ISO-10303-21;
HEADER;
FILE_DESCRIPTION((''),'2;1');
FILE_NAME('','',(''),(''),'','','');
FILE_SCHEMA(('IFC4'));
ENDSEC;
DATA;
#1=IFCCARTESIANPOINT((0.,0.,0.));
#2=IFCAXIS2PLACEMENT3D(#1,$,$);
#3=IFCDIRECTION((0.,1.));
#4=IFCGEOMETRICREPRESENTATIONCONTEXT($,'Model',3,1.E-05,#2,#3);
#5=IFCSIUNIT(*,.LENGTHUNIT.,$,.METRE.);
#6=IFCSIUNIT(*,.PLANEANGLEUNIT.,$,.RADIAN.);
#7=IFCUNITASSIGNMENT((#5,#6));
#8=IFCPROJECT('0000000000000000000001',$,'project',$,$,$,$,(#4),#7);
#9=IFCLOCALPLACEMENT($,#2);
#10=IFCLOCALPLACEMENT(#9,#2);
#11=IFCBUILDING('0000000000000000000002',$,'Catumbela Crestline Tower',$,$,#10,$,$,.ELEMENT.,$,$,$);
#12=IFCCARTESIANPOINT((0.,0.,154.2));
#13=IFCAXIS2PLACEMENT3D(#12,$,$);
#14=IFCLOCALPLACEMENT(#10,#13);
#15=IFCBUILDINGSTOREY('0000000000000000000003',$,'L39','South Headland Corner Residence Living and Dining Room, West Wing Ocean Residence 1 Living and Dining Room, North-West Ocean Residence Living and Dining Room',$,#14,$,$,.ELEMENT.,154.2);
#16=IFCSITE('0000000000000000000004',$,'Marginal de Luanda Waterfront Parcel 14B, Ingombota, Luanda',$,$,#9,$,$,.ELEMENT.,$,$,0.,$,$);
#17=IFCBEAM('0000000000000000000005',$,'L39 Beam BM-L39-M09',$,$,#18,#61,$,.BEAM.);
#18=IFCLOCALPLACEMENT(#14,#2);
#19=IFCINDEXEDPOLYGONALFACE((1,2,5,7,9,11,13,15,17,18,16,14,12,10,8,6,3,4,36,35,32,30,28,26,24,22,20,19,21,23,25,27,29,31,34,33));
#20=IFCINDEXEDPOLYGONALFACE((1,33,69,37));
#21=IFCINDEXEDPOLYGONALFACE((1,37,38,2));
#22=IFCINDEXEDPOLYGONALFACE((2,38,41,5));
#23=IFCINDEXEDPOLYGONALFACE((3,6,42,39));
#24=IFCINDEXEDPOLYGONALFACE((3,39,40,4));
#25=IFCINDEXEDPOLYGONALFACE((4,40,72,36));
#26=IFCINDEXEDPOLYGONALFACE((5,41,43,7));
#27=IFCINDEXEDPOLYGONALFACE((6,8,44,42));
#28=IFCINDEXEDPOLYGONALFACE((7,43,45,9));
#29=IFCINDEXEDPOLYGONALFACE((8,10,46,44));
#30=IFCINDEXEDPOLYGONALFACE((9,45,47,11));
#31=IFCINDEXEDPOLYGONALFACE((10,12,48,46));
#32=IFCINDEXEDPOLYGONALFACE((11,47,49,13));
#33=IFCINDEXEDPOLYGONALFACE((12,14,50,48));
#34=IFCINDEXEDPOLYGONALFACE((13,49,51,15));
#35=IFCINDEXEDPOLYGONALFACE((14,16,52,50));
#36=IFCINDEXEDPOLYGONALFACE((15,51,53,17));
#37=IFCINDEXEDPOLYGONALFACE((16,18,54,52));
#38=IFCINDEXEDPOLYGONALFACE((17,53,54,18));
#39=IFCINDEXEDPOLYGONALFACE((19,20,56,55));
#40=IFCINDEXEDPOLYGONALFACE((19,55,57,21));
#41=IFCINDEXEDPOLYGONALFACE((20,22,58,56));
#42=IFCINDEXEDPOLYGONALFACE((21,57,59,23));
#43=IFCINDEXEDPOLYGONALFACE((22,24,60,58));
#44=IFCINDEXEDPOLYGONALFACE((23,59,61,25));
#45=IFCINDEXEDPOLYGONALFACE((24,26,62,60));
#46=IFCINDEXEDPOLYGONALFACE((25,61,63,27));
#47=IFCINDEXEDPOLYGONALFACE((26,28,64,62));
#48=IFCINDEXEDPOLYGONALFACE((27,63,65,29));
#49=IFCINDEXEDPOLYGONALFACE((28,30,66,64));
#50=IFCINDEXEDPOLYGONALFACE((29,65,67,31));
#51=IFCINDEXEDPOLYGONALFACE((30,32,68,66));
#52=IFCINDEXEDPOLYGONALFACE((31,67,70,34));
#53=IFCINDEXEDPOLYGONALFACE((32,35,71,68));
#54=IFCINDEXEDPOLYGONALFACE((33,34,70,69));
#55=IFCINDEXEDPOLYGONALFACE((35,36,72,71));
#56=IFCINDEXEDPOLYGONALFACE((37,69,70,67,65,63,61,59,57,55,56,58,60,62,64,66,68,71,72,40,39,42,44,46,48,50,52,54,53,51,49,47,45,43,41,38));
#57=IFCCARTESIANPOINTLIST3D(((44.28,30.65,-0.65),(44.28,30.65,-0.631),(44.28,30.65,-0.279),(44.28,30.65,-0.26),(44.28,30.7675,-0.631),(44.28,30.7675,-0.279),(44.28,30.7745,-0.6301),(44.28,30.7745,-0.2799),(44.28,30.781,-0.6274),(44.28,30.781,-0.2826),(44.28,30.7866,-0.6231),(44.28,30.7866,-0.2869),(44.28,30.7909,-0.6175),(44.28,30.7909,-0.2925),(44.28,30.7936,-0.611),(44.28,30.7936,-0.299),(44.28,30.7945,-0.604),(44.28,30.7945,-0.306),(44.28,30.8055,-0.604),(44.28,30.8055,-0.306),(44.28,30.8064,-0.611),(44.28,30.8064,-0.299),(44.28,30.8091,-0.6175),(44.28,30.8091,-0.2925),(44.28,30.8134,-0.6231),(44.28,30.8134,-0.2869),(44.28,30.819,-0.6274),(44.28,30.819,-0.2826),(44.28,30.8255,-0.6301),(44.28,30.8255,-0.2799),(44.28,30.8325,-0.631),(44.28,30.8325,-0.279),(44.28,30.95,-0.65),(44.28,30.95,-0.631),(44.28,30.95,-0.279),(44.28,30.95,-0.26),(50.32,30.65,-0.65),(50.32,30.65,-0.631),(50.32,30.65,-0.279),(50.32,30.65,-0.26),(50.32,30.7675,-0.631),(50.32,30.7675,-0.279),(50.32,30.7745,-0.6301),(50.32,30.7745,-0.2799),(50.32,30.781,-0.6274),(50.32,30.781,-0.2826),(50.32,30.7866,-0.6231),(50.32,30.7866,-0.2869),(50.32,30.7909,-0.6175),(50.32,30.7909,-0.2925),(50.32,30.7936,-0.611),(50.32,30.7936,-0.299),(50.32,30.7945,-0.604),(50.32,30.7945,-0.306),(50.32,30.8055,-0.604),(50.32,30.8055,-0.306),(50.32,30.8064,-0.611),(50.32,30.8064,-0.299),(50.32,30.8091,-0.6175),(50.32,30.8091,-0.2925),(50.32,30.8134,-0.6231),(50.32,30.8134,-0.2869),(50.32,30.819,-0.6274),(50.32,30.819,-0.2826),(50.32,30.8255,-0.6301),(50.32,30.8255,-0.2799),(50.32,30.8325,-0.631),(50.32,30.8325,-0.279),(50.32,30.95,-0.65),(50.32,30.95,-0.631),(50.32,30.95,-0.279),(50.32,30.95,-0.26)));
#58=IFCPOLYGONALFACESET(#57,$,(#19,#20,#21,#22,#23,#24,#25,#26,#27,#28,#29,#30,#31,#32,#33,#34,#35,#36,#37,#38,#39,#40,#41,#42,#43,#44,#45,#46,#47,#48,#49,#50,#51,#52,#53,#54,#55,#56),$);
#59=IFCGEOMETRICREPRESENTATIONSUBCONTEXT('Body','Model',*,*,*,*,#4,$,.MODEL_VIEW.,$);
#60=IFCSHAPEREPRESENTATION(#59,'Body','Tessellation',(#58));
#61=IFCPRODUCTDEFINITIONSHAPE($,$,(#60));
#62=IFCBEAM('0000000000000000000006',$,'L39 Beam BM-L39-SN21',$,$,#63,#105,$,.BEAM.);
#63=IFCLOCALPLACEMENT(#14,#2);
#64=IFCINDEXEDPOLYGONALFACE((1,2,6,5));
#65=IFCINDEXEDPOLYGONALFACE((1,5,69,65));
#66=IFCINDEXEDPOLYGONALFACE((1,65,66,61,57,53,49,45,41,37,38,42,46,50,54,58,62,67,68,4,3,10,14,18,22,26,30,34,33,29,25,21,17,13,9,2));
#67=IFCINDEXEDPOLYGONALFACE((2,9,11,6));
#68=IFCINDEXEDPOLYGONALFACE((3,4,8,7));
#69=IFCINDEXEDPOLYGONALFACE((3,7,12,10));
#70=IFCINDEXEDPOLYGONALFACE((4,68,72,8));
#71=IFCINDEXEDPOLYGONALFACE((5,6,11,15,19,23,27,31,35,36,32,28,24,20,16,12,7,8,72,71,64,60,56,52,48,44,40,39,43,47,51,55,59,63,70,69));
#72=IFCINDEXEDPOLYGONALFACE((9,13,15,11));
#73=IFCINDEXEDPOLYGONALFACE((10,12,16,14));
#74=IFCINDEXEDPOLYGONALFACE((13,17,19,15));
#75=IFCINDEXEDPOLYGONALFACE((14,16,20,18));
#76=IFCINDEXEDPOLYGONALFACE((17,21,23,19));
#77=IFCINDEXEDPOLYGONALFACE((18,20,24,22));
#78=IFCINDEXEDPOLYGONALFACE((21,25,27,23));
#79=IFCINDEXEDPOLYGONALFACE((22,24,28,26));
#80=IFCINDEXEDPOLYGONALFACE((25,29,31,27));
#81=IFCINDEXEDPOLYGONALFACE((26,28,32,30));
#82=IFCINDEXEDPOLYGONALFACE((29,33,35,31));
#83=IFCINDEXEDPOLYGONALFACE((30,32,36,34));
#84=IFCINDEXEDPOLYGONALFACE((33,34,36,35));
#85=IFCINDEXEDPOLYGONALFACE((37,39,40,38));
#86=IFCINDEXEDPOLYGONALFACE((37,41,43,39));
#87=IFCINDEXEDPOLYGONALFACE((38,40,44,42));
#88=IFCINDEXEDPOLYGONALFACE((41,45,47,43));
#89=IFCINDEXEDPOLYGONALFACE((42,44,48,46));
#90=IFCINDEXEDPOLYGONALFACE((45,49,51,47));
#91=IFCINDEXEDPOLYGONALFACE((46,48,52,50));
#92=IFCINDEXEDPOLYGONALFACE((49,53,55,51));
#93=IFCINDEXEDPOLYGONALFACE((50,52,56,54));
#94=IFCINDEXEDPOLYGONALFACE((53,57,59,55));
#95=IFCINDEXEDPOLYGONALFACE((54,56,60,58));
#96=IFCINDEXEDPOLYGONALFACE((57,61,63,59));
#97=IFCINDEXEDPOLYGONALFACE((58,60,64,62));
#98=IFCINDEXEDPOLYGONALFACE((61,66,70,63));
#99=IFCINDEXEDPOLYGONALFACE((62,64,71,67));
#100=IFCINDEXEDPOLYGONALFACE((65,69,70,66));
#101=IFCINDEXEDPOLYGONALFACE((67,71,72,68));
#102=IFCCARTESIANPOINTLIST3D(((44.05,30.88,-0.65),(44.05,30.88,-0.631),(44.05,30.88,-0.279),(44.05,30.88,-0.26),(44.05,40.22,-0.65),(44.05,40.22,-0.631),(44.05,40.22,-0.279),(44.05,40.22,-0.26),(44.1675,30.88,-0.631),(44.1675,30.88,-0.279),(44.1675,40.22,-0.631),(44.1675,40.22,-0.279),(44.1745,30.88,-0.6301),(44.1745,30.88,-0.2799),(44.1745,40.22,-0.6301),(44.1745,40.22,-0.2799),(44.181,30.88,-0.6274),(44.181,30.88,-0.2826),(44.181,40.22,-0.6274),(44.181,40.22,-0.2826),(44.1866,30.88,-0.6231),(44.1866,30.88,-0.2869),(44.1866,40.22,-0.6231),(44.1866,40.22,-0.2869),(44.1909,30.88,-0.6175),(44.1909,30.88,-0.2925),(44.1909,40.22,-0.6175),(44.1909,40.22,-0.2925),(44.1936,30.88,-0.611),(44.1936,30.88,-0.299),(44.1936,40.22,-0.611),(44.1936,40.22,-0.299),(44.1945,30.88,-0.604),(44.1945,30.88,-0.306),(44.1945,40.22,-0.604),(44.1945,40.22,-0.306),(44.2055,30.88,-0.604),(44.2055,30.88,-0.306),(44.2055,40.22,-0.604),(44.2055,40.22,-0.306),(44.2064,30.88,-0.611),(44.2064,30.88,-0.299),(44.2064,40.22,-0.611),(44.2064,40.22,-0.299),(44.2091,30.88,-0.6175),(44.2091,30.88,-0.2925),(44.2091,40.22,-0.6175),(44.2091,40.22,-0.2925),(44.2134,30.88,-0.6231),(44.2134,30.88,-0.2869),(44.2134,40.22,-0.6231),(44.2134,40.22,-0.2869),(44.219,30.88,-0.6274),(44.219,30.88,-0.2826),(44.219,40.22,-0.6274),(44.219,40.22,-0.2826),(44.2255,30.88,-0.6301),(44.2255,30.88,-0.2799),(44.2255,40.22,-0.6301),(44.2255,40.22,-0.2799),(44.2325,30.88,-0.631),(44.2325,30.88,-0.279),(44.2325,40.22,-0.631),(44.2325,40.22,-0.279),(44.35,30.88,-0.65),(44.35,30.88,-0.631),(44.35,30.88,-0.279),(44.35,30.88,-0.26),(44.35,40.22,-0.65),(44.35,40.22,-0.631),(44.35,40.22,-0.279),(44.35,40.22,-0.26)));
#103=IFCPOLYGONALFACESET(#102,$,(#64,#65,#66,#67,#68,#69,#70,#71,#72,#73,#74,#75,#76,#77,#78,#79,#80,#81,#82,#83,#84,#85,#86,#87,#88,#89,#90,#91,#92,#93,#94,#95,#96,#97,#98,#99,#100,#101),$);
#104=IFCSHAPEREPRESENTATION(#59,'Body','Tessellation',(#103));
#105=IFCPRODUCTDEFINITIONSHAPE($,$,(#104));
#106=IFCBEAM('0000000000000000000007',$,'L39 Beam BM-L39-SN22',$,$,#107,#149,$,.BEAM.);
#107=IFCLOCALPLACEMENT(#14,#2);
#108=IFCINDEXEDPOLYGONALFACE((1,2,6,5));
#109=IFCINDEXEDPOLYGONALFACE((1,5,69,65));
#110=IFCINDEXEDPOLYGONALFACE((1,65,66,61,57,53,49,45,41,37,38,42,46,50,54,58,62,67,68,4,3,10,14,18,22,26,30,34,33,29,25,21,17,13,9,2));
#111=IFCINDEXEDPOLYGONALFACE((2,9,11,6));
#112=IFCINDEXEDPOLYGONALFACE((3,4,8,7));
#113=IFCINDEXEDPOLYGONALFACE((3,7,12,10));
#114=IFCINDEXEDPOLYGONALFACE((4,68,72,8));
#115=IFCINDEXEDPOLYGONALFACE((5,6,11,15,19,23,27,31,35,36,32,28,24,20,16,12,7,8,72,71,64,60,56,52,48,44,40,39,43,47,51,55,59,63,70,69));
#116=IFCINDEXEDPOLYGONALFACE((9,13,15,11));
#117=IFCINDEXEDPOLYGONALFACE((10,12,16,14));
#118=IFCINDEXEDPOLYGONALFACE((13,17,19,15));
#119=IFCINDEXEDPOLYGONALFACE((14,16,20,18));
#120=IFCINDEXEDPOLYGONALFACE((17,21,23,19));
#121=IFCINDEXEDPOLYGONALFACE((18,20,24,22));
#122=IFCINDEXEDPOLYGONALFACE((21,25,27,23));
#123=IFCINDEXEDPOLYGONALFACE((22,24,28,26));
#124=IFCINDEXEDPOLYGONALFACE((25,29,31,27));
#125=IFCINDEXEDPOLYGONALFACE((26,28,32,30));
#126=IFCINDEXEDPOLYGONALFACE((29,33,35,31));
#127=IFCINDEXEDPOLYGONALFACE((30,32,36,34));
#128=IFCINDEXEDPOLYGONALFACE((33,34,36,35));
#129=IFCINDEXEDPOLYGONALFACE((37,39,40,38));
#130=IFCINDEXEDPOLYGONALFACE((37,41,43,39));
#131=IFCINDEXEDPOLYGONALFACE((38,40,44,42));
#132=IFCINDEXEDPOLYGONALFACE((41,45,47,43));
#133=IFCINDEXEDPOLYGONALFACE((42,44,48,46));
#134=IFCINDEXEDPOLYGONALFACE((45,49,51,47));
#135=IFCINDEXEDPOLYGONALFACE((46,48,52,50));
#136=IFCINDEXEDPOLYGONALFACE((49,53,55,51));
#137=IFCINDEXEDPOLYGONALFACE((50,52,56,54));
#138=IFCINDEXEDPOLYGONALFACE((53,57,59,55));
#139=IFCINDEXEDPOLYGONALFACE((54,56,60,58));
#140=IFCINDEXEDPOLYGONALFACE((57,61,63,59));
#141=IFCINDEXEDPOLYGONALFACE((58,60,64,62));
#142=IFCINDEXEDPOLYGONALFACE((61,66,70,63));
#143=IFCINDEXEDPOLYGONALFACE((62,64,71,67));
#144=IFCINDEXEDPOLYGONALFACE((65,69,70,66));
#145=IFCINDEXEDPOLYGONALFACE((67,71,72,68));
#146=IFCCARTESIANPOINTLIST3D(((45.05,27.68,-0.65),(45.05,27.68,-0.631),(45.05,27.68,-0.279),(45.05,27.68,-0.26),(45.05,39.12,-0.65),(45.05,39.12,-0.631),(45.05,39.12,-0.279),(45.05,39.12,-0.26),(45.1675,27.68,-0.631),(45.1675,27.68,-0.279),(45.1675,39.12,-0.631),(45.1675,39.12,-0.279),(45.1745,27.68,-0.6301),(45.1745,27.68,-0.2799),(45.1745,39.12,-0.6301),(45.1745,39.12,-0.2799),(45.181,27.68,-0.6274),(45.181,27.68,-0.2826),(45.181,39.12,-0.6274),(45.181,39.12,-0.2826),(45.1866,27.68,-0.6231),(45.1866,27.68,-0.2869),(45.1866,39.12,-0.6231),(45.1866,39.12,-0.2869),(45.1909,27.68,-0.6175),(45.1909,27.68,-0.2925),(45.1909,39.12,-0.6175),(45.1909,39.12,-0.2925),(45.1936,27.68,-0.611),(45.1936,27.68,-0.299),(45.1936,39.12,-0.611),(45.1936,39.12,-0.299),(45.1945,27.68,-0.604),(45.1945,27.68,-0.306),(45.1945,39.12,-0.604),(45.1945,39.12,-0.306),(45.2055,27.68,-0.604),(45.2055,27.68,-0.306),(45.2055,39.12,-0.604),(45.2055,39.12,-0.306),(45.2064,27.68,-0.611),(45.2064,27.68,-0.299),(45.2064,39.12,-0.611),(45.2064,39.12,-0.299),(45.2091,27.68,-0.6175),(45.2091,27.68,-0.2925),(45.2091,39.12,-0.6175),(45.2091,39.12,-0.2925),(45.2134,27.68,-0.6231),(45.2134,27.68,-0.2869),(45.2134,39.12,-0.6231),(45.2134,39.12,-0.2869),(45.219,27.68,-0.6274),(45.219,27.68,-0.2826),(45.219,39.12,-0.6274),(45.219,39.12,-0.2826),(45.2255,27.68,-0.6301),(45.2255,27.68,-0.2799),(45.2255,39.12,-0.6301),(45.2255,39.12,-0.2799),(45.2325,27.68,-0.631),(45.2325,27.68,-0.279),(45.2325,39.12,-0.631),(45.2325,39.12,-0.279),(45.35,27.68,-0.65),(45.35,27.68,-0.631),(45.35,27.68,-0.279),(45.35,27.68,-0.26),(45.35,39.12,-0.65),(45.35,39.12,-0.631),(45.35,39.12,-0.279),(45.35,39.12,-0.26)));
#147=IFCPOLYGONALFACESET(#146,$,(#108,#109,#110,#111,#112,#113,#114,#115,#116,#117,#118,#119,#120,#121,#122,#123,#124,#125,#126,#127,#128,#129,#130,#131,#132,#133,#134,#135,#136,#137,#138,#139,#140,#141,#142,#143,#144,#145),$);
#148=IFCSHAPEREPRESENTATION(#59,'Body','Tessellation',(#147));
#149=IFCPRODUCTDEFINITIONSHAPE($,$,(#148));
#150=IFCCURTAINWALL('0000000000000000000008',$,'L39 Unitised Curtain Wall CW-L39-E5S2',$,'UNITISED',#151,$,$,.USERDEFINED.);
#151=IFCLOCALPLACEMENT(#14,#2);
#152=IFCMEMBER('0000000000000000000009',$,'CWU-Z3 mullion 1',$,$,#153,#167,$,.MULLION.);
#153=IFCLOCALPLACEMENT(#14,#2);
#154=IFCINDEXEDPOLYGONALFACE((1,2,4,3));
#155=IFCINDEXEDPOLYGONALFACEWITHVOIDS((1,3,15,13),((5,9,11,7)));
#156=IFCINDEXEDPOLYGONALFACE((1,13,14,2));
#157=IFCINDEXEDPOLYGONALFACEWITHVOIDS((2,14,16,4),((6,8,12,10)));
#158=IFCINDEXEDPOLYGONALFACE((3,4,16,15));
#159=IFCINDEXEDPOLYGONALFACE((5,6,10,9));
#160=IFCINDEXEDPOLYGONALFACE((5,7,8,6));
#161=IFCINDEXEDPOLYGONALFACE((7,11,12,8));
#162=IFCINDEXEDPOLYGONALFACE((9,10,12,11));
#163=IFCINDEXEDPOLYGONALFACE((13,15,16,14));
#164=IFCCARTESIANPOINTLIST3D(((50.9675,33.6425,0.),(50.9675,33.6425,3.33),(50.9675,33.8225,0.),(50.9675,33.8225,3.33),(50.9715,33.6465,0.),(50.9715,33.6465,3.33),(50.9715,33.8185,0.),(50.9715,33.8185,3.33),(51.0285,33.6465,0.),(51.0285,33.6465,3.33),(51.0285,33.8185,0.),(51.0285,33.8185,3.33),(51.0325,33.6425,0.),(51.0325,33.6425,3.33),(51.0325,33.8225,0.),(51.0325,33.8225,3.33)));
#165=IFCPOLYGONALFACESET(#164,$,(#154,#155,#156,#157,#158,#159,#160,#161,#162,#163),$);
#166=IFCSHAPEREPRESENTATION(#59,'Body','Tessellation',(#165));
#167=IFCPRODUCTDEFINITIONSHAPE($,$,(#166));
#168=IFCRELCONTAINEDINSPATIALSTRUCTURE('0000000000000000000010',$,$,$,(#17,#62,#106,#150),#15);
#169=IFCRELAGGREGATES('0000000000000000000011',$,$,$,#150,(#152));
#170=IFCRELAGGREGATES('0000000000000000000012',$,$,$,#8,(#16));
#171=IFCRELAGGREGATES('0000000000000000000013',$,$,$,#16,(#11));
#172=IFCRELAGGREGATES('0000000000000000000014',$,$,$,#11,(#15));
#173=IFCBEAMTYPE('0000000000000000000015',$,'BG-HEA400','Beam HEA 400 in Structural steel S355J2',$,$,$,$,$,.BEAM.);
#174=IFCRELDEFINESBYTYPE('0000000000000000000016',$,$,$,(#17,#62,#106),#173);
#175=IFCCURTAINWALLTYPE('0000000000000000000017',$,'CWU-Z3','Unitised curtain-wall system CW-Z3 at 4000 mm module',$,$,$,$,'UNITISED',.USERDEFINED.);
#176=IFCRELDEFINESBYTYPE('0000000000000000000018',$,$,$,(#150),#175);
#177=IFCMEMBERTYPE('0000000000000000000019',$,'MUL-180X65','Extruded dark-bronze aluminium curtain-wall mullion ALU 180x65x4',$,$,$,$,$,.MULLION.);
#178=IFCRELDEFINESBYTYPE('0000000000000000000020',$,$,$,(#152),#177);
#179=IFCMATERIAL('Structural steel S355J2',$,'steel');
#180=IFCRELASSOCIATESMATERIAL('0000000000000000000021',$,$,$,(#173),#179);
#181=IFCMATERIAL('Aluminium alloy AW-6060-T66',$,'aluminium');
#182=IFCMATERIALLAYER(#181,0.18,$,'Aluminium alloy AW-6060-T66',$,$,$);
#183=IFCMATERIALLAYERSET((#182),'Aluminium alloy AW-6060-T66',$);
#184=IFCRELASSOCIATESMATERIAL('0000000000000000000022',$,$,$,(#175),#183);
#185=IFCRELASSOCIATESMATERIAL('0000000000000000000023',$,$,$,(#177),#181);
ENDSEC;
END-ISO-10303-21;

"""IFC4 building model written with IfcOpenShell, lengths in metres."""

from ifc_helpers import new_model, si_unit, direction, frame, origin, origin_2d, place, context, subcontext, project, spatial, hollow_rectangle, i_section, extrude, material, layer, layer_set, material_profile, profile_set, type_object, element, aggregate, save


model = new_model("IFC4")

# Units and contexts
model_context = context("Model", 3, precision=1e-05, world=origin(), true_north=direction((0.0, 1.0)))
body_context = subcontext(model_context, "Body", "Model", "MODEL_VIEW")
ifc_project = project(units=[si_unit("LENGTHUNIT", "METRE"), si_unit("PLANEANGLEUNIT", "RADIAN")], contexts=[model_context])

# Site, building, storey
site_placement = place(None, origin())
site = spatial("IfcSite", under=ifc_project, at=site_placement, Name="Marginal de Luanda Waterfront Parcel 14B, Ingombota, Luanda", CompositionType="ELEMENT", RefElevation=0.0)
building_placement = place(site_placement, origin())
building = spatial("IfcBuilding", under=site, at=building_placement, Name="Catumbela Crestline Tower", CompositionType="ELEMENT")
storey_placement = place(building_placement, frame((0.0, 0.0, 154.2)))
storey = spatial("IfcBuildingStorey", under=building, at=storey_placement, Name="L39", Description="South Headland Corner Residence Living and Dining Room, West Wing Ocean Residence 1 Living and Dining Room, North-West Ocean Residence Living and Dining Room", CompositionType="ELEMENT", Elevation=154.2)

# Shared definitions
ifc_material_1 = material(Name="Structural steel S355J2", Category="steel")

# Beams
ifc_material_profile_1 = material_profile(ifc_material_1, i_section(OverallWidth=0.3, OverallDepth=0.39, WebThickness=0.011, FlangeThickness=0.019, FilletRadius=0.027, at=origin_2d()), Name="HEA 400")
ifc_profile_set_1 = profile_set([ifc_material_profile_1], Name="Structural steel S355J2")
beam_type_1 = type_object("IfcBeamType", Name="BG-HEA400", Description="Beam HEA 400 in Structural steel S355J2", PredefinedType="BEAM", material=ifc_profile_set_1)
beam_1_placement = place(storey_placement, frame((44.28, 30.8, -0.455), z_axis=(1.0, 0.0, 0.0), x_axis=(0.0, 1.0, 0.0)))
element("IfcBeam", 1, at=beam_1_placement, inside=storey, type_object=beam_type_1, Name="L39 Beam BM-L39-M09", PredefinedType="BEAM", context=body_context, shape_type="SweptSolid", body=[
    extrude(i_section(OverallWidth=0.3, OverallDepth=0.39, WebThickness=0.011, FlangeThickness=0.019, FilletRadius=0.027, at=origin_2d()), origin(), (0.0, 0.0, 1.0), 6.04),
])
beam_2_placement = place(storey_placement, frame((44.2, 30.88, -0.455), z_axis=(0.0, 1.0, 0.0), x_axis=(-1.0, 0.0, 0.0)))
element("IfcBeam", 2, at=beam_2_placement, inside=storey, type_object=beam_type_1, Name="L39 Beam BM-L39-SN21", PredefinedType="BEAM", context=body_context, shape_type="SweptSolid", body=[
    extrude(i_section(OverallWidth=0.3, OverallDepth=0.39, WebThickness=0.011, FlangeThickness=0.019, FilletRadius=0.027, at=origin_2d()), origin(), (0.0, 0.0, 1.0), 9.34),
])
beam_3_placement = place(storey_placement, frame((45.2, 27.68, -0.455), z_axis=(0.0, 1.0, 0.0), x_axis=(-1.0, 0.0, 0.0)))
element("IfcBeam", 3, at=beam_3_placement, inside=storey, type_object=beam_type_1, Name="L39 Beam BM-L39-SN22", PredefinedType="BEAM", context=body_context, shape_type="SweptSolid", body=[
    extrude(i_section(OverallWidth=0.3, OverallDepth=0.39, WebThickness=0.011, FlangeThickness=0.019, FilletRadius=0.027, at=origin_2d()), origin(), (0.0, 0.0, 1.0), 11.44),
])

# Curtain wall, member
ifc_material_2 = material(Name="Aluminium alloy AW-6060-T66", Category="aluminium")
ifc_layer_1 = layer(ifc_material_2, 0.18, Name="Aluminium alloy AW-6060-T66")
ifc_layer_set_1 = layer_set([ifc_layer_1], Name="Aluminium alloy AW-6060-T66")
curtain_wall_type = type_object("IfcCurtainWallType", Name="CWU-Z3", Description="Unitised curtain-wall system CW-Z3 at 4000 mm module", ElementType="UNITISED", PredefinedType="USERDEFINED", material=ifc_layer_set_1)
curtain_wall_placement = place(storey_placement, origin())
curtain_wall = element("IfcCurtainWall", 4, at=curtain_wall_placement, inside=storey, type_object=curtain_wall_type, Name="L39 Unitised Curtain Wall CW-L39-E5S2", ObjectType="UNITISED", PredefinedType="USERDEFINED")
ifc_material_profile_2 = material_profile(ifc_material_2, hollow_rectangle(XDim=0.065, YDim=0.18, WallThickness=0.004, at=origin_2d()), Name="ALU 180x65x4")
ifc_profile_set_2 = profile_set([ifc_material_profile_2], Name="Aluminium alloy AW-6060-T66")
member_type_1 = type_object("IfcMemberType", Name="MUL-180X65", Description="Extruded dark-bronze aluminium curtain-wall mullion ALU 180x65x4", PredefinedType="MULLION", material=ifc_profile_set_2)
member_1_placement = place(storey_placement, frame((51.0, 33.7325, 0.0), z_axis=(0.0, 0.0, 1.0), x_axis=(-1.0, 0.0, 0.0)))
member_1 = element("IfcMember", 5, at=member_1_placement, type_object=member_type_1, Name="CWU-Z3 mullion 1", PredefinedType="MULLION", context=body_context, shape_type="SweptSolid", body=[
    extrude(hollow_rectangle(XDim=0.065, YDim=0.18, WallThickness=0.004, at=origin_2d()), origin(), (0.0, 0.0, 1.0), 3.33),
])

aggregate(curtain_wall, [member_1])

save(model, "model.ifc")
